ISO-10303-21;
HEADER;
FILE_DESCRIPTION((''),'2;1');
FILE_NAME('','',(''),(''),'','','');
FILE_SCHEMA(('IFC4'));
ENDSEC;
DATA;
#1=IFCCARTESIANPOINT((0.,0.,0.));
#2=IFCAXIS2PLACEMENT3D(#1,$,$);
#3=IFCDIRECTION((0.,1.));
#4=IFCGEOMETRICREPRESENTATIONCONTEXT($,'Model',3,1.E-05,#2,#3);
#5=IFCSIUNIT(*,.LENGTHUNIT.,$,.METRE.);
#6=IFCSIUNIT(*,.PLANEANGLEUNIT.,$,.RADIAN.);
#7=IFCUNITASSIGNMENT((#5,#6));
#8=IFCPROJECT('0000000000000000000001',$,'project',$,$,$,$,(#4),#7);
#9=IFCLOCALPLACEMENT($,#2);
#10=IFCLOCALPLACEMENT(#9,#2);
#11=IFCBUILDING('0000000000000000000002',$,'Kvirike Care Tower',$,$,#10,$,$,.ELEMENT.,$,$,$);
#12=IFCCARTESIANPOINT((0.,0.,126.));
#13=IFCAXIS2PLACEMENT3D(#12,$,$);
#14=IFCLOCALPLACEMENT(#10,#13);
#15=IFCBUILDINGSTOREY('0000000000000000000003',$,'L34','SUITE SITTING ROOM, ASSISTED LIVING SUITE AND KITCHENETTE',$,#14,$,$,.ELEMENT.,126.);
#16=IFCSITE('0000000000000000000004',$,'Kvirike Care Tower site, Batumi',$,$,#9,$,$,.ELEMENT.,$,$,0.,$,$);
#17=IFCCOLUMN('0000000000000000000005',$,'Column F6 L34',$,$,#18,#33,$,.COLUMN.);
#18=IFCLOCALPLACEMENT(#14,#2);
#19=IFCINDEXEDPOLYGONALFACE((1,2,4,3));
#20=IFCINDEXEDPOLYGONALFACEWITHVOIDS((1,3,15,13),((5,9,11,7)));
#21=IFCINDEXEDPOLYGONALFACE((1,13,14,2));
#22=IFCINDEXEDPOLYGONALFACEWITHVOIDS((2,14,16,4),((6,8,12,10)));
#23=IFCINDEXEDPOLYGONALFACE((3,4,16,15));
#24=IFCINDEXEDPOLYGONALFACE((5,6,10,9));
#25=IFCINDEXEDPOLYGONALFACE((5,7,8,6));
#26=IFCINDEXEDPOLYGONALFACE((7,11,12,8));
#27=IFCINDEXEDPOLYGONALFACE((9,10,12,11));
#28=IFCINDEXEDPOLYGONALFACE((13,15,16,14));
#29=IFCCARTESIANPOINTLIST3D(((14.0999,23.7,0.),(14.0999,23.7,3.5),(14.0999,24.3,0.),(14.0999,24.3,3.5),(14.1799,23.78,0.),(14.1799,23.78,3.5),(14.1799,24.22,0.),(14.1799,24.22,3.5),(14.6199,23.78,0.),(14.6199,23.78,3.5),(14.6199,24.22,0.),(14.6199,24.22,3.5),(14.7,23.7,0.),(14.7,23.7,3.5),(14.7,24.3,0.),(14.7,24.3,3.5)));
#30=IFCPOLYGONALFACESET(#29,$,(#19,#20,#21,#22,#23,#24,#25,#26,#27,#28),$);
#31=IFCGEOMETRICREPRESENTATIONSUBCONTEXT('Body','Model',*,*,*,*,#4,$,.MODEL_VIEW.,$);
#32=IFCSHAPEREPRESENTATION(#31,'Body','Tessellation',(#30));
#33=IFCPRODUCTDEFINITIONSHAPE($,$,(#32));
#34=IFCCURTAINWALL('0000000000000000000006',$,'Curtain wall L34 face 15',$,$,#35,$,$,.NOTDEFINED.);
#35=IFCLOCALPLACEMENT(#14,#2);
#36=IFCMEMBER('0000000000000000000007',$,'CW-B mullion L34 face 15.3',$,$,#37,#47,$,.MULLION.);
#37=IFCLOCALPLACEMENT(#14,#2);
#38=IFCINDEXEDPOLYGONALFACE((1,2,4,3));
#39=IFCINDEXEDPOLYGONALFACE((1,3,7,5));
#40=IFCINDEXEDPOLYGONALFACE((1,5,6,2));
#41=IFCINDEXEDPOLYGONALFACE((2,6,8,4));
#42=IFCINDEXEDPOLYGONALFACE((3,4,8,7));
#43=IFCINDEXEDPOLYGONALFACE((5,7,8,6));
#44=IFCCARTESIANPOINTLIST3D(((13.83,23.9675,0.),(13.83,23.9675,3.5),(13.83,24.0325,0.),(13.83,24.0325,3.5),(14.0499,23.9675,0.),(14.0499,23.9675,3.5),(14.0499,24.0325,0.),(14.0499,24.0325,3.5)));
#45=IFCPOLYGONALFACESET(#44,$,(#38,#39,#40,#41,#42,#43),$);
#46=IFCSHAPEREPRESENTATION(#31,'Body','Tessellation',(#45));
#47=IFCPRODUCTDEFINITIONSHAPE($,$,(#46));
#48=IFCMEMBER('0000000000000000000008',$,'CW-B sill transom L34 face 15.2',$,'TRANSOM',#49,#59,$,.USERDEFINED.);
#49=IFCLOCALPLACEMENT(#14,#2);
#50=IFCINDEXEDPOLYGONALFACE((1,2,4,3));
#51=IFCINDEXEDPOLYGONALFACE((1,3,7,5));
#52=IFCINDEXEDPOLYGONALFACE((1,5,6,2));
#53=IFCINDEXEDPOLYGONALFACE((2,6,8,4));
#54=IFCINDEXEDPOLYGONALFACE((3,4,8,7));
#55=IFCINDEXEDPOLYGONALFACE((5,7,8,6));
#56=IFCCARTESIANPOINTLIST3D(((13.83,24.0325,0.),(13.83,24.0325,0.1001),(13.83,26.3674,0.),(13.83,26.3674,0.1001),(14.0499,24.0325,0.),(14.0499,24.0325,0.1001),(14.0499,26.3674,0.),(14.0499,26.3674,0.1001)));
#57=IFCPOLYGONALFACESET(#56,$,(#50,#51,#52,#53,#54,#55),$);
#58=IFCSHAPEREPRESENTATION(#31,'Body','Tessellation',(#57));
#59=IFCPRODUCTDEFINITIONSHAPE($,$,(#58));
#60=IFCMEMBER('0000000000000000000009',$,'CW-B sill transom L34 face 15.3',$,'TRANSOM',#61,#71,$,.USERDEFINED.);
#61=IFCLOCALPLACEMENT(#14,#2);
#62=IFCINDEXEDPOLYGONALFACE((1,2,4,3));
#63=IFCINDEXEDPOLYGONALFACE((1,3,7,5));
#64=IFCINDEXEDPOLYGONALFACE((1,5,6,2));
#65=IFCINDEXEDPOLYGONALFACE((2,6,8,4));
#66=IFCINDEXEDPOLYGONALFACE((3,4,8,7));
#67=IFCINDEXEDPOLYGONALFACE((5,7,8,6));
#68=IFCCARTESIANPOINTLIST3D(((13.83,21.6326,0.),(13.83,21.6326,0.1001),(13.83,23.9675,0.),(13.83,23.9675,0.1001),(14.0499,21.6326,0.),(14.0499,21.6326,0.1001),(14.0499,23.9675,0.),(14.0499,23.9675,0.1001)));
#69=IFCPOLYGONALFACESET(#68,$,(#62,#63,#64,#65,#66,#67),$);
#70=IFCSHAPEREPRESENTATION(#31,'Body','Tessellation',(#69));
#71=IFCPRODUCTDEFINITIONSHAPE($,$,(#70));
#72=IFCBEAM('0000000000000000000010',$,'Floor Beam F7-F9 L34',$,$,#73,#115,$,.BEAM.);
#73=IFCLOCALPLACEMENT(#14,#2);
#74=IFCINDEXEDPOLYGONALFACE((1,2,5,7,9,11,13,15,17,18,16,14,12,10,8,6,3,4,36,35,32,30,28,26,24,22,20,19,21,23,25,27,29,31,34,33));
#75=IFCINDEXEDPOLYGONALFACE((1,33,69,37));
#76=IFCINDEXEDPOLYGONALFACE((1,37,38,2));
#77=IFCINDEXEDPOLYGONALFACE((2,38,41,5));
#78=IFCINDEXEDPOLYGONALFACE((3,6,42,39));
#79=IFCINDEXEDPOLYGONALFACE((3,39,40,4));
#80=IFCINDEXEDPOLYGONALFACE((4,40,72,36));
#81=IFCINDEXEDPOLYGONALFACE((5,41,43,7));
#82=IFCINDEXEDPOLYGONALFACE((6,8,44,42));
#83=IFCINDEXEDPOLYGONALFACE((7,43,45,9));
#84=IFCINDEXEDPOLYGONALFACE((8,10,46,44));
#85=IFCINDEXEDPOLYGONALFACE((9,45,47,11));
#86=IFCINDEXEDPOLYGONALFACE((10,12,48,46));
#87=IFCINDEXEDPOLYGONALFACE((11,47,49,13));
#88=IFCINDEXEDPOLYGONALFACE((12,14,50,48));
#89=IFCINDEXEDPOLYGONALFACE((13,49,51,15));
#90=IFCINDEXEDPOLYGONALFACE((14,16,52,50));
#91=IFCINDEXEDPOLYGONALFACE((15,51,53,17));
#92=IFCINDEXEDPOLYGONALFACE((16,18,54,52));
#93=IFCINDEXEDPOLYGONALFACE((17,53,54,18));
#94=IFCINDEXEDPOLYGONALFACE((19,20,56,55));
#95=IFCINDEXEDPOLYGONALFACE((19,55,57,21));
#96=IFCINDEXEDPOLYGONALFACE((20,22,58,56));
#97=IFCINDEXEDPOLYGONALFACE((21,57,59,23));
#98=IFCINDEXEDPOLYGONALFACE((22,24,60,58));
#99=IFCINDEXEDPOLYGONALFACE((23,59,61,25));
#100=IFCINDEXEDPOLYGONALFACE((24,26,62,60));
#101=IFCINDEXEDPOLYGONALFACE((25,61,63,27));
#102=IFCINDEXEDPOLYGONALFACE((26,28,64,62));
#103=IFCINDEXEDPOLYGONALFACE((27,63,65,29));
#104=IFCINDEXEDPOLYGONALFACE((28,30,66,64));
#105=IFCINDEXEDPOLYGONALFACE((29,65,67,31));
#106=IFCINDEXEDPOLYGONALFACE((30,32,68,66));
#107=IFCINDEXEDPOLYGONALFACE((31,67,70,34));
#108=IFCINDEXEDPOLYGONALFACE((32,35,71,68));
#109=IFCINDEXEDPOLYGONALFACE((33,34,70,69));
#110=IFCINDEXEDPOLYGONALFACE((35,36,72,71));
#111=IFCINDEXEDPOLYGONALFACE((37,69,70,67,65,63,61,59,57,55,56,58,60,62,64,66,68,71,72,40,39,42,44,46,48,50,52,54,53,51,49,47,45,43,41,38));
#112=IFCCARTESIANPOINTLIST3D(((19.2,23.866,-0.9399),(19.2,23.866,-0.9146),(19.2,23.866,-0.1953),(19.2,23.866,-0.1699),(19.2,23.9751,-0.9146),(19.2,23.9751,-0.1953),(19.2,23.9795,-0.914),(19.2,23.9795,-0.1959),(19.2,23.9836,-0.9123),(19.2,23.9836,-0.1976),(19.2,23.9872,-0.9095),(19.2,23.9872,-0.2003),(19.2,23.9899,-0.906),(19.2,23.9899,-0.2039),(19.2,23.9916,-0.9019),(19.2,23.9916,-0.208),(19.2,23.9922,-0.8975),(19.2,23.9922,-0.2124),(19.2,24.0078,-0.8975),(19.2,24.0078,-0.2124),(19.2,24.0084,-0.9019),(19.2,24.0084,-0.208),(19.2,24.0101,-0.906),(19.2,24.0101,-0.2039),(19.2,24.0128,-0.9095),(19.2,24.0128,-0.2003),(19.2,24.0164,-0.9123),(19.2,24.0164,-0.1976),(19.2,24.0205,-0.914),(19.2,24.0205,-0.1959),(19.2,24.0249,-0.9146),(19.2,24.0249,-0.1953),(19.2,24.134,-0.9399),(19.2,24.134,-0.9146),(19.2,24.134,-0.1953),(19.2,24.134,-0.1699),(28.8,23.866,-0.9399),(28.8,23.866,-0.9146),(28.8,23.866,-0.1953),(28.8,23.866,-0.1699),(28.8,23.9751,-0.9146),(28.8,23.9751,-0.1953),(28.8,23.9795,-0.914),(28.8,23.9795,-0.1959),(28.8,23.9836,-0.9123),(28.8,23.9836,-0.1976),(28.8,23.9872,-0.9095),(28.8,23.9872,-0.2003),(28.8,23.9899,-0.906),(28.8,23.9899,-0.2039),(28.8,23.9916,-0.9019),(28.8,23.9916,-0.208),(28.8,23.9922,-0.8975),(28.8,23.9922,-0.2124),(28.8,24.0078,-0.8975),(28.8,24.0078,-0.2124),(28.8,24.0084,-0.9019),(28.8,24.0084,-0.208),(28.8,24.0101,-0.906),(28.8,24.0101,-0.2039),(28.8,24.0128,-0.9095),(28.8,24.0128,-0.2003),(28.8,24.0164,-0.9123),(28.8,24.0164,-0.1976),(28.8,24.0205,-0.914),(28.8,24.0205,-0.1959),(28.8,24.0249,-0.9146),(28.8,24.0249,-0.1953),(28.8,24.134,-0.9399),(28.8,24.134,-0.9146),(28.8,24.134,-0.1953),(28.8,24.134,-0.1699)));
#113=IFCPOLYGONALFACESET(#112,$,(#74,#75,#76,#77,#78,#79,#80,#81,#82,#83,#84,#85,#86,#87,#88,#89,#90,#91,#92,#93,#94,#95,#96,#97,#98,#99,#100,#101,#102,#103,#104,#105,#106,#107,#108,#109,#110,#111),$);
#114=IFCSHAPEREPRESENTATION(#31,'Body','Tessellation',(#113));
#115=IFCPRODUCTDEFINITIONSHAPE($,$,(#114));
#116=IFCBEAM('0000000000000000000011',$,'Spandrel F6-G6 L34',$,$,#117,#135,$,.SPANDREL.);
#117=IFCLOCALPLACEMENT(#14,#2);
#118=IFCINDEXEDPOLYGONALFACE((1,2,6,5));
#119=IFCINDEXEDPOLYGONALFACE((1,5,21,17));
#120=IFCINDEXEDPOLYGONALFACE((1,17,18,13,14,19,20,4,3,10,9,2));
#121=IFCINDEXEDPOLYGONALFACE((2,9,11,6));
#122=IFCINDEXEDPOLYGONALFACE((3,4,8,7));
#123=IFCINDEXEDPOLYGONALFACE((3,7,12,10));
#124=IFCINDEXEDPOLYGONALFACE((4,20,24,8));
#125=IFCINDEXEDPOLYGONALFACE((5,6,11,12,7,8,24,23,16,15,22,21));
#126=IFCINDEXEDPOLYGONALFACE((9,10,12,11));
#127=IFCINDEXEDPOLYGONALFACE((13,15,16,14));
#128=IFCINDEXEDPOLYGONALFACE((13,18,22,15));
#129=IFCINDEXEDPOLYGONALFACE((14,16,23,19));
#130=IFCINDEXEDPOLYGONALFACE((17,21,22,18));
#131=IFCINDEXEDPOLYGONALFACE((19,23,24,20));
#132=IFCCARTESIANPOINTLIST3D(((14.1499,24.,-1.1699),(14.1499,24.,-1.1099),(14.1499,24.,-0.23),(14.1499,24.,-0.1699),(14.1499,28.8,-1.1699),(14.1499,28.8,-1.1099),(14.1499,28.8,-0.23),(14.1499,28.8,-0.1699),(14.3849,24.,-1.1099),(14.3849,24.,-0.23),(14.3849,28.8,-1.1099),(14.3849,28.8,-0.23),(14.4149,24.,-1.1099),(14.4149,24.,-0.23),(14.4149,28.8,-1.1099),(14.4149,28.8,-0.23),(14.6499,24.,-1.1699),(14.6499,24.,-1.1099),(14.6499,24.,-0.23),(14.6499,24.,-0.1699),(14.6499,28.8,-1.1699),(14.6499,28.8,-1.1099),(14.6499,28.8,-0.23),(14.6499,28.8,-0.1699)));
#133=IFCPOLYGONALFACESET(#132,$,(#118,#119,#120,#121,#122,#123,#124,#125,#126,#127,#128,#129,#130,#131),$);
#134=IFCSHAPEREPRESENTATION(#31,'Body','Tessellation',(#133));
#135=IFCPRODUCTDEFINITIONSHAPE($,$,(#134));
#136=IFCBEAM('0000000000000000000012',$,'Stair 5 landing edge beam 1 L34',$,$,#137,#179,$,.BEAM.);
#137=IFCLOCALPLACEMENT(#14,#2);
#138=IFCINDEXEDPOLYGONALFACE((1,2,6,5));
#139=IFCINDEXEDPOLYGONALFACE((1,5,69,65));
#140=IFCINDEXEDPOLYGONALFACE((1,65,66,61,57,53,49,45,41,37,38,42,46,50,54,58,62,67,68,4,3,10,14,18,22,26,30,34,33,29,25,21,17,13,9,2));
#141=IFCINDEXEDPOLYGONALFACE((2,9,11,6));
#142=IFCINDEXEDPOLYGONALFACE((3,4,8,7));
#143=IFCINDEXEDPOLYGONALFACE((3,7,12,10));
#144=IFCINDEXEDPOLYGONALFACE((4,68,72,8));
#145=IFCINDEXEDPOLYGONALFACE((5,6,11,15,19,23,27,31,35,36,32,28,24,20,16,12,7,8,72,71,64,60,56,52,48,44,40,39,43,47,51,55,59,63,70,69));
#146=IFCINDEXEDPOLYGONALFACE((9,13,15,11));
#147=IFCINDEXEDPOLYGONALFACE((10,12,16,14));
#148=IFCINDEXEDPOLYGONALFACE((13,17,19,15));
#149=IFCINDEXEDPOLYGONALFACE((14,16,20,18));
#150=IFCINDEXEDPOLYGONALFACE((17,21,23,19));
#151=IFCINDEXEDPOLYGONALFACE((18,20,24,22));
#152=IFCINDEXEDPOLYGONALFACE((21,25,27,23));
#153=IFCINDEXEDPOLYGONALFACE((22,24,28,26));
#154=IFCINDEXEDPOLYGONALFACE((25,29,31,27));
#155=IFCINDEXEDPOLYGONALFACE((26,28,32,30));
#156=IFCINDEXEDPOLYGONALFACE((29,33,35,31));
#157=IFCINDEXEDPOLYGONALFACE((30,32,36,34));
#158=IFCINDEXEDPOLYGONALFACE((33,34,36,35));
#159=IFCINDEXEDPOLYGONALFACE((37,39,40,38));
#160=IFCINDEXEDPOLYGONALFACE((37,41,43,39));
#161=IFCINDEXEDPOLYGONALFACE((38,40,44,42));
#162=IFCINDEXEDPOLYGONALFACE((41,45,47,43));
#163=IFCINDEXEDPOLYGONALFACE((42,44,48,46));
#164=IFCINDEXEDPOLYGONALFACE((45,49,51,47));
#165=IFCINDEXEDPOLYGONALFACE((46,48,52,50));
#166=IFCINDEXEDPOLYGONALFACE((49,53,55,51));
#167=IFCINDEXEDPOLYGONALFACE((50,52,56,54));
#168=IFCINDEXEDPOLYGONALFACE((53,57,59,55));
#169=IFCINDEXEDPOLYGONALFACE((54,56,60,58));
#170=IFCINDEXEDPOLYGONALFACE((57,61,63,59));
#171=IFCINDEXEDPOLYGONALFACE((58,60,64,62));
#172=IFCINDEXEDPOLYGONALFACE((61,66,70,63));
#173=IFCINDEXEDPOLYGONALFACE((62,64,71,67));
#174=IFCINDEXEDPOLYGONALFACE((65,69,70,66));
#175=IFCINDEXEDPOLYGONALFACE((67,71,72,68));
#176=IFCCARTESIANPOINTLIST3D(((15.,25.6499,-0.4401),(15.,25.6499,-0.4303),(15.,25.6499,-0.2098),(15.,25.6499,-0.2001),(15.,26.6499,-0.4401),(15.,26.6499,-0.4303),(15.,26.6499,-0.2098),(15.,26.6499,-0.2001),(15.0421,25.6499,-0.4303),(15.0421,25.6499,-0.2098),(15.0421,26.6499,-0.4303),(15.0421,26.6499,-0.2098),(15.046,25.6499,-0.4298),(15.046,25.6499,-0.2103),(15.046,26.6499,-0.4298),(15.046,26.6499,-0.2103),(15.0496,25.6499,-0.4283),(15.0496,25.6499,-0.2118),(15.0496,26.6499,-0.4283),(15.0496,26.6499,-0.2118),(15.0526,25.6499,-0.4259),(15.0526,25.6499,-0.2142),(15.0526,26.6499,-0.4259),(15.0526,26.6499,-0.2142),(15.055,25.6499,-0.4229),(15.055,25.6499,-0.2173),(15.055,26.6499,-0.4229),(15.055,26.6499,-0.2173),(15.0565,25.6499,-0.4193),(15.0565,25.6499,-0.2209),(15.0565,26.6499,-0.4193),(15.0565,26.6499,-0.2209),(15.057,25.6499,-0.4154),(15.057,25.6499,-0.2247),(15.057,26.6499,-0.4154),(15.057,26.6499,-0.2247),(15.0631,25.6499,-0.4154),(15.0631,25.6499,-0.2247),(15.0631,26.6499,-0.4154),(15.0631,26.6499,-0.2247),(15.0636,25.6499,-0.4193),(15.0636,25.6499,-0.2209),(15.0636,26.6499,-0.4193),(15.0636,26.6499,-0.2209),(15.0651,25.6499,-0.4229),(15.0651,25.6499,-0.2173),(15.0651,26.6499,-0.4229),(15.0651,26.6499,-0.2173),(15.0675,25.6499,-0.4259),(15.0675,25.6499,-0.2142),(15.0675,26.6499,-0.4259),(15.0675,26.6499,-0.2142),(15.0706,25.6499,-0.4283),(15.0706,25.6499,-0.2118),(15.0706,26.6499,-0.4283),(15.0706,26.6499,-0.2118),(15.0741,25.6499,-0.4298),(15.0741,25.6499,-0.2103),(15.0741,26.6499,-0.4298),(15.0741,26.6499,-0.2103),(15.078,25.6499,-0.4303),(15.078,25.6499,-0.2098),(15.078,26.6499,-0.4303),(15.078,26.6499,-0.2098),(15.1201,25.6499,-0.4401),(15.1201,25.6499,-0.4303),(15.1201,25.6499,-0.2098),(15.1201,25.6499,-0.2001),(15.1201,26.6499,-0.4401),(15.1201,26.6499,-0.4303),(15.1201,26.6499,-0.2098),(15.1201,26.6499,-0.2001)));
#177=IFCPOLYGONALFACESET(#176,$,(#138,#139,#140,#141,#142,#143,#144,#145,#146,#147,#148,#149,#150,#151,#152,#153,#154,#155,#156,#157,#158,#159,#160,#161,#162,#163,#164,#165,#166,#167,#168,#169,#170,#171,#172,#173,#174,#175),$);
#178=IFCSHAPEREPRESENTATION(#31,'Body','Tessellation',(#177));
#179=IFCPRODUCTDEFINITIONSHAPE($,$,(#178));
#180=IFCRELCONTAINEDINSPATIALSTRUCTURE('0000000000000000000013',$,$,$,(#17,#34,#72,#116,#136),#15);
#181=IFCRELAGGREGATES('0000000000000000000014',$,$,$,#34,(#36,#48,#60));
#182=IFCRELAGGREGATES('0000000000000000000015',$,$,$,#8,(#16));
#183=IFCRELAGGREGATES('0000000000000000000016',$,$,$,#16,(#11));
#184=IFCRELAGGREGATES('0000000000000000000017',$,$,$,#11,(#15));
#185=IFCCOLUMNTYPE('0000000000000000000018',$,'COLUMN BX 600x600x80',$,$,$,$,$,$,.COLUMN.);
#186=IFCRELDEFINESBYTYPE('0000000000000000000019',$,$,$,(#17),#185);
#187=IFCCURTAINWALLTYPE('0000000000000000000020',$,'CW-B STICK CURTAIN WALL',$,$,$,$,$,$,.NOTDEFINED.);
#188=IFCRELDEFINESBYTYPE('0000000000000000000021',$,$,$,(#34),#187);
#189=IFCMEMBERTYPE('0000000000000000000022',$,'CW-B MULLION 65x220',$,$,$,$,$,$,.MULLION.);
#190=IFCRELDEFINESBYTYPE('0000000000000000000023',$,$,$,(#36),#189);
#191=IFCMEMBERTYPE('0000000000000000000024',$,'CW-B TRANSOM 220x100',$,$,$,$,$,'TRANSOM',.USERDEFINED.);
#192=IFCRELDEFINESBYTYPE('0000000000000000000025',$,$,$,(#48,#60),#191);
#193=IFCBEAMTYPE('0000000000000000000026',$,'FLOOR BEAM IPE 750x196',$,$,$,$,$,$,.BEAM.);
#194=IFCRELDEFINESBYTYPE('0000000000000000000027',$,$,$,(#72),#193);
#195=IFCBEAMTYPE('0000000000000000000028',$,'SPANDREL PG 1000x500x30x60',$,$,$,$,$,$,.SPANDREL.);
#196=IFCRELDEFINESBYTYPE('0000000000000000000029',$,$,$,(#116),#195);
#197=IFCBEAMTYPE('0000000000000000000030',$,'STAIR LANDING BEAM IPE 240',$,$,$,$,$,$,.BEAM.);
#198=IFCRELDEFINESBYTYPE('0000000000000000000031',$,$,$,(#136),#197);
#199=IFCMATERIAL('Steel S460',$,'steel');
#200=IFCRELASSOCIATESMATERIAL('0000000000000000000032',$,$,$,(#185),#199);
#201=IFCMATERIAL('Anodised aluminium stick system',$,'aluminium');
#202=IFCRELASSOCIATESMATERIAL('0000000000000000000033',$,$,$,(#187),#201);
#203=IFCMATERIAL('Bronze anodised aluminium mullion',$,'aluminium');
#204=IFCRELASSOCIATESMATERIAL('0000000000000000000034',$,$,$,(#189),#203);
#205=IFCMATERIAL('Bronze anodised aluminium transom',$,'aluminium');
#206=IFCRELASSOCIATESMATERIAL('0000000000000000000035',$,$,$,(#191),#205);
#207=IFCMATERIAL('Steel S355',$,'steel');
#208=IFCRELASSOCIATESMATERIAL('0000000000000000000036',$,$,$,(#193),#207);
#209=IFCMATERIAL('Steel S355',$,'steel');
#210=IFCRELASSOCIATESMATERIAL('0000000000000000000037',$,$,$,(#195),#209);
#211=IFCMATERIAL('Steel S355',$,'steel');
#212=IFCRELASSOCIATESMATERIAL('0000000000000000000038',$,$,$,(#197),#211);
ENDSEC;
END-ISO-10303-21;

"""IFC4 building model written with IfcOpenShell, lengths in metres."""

from ifc_helpers import new_model, si_unit, direction, frame, origin, origin_2d, place, context, subcontext, project, spatial, rectangle, hollow_rectangle, i_section, extrude, material, material_profile, profile_set, type_object, element, aggregate, save


model = new_model("IFC4")

# Units and contexts
model_context = context("Model", 3, precision=1e-05, world=origin(), true_north=direction((0.0, 1.0)))
body_context = subcontext(model_context, "Body", "Model", "MODEL_VIEW")
ifc_project = project(units=[si_unit("LENGTHUNIT", "METRE"), si_unit("PLANEANGLEUNIT", "RADIAN")], contexts=[model_context])

# Site, building, storey
site_placement = place(None, origin())
site = spatial("IfcSite", under=ifc_project, at=site_placement, Name="Kvirike Care Tower site, Batumi", CompositionType="ELEMENT", RefElevation=0.0)
building_placement = place(site_placement, origin())
building = spatial("IfcBuilding", under=site, at=building_placement, Name="Kvirike Care Tower", CompositionType="ELEMENT")
storey_placement = place(building_placement, frame((0.0, 0.0, 126.0)))
storey = spatial("IfcBuildingStorey", under=building, at=storey_placement, Name="L34", Description="SUITE SITTING ROOM, ASSISTED LIVING SUITE AND KITCHENETTE", CompositionType="ELEMENT", Elevation=126.0)

# Column
ifc_material_1 = material(Name="Steel S460", Category="steel")
ifc_material_profile_1 = material_profile(ifc_material_1, hollow_rectangle(XDim=0.6001, YDim=0.6001, WallThickness=0.0801, at=origin_2d()), Name="BX 600x600x80")
ifc_profile_set_1 = profile_set([ifc_material_profile_1], Name="Steel S460")
column_type = type_object("IfcColumnType", Name="COLUMN BX 600x600x80", PredefinedType="COLUMN", material=ifc_profile_set_1)
column_placement = place(storey_placement, frame((14.3999, 24.0, 0.0), z_axis=(0.0, 0.0, 1.0), x_axis=(1.0, 0.0, 0.0)))
element("IfcColumn", 1, at=column_placement, inside=storey, type_object=column_type, Name="Column F6 L34", PredefinedType="COLUMN", context=body_context, shape_type="SweptSolid", body=[
    extrude(hollow_rectangle(XDim=0.6001, YDim=0.6001, WallThickness=0.0801, at=origin_2d()), origin(), (0.0, 0.0, 1.0), 3.5),
])

# Curtain wall, members
ifc_material_2 = material(Name="Anodised aluminium stick system", Category="aluminium")
curtain_wall_type = type_object("IfcCurtainWallType", Name="CW-B STICK CURTAIN WALL", PredefinedType="NOTDEFINED", material=ifc_material_2)
curtain_wall_placement = place(storey_placement, origin())
curtain_wall = element("IfcCurtainWall", 2, at=curtain_wall_placement, inside=storey, type_object=curtain_wall_type, Name="Curtain wall L34 face 15", PredefinedType="NOTDEFINED")
ifc_material_3 = material(Name="Bronze anodised aluminium mullion", Category="aluminium")
ifc_material_profile_2 = material_profile(ifc_material_3, rectangle(XDim=0.0649, YDim=0.22, at=origin_2d()), Name="CW-B MULLION 65x220")
ifc_profile_set_2 = profile_set([ifc_material_profile_2], Name="Bronze anodised aluminium mullion")
member_type_1 = type_object("IfcMemberType", Name="CW-B MULLION 65x220", PredefinedType="MULLION", material=ifc_profile_set_2)
member_1_placement = place(storey_placement, frame((13.9399, 24.0, 0.0), z_axis=(0.0, 0.0, 1.0), x_axis=(0.0, -1.0, 0.0)))
member_1 = element("IfcMember", 3, at=member_1_placement, type_object=member_type_1, Name="CW-B mullion L34 face 15.3", PredefinedType="MULLION", context=body_context, shape_type="SweptSolid", body=[
    extrude(rectangle(XDim=0.0649, YDim=0.22, at=origin_2d()), origin(), (0.0, 0.0, 1.0), 3.5),
])
ifc_material_4 = material(Name="Bronze anodised aluminium transom", Category="aluminium")
ifc_material_profile_3 = material_profile(ifc_material_4, rectangle(XDim=0.22, YDim=0.1001, at=origin_2d()), Name="CW-B TRANSOM 220x100")
ifc_profile_set_3 = profile_set([ifc_material_profile_3], Name="Bronze anodised aluminium transom")
member_type_2 = type_object("IfcMemberType", Name="CW-B TRANSOM 220x100", ElementType="TRANSOM", PredefinedType="USERDEFINED", material=ifc_profile_set_3)
member_2_placement = place(storey_placement, frame((13.9399, 26.3674, 0.05), z_axis=(0.0, -1.0, 0.0), x_axis=(1.0, 0.0, 0.0)))
member_2 = element("IfcMember", 4, at=member_2_placement, type_object=member_type_2, Name="CW-B sill transom L34 face 15.2", ObjectType="TRANSOM", PredefinedType="USERDEFINED", context=body_context, shape_type="SweptSolid", body=[
    extrude(rectangle(XDim=0.22, YDim=0.1001, at=origin_2d()), origin(), (0.0, 0.0, 1.0), 2.335),
])
member_3_placement = place(storey_placement, frame((13.9399, 23.9675, 0.05), z_axis=(0.0, -1.0, 0.0), x_axis=(1.0, 0.0, 0.0)))
member_3 = element("IfcMember", 5, at=member_3_placement, type_object=member_type_2, Name="CW-B sill transom L34 face 15.3", ObjectType="TRANSOM", PredefinedType="USERDEFINED", context=body_context, shape_type="SweptSolid", body=[
    extrude(rectangle(XDim=0.22, YDim=0.1001, at=origin_2d()), origin(), (0.0, 0.0, 1.0), 2.335),
])

# Beams
ifc_material_5 = material(Name="Steel S355", Category="steel")
ifc_material_profile_4 = material_profile(ifc_material_5, i_section(OverallWidth=0.2681, OverallDepth=0.77, WebThickness=0.0156, FlangeThickness=0.0254, FilletRadius=0.0171, at=origin_2d()), Name="IPE 750x196")
ifc_profile_set_4 = profile_set([ifc_material_profile_4], Name="Steel S355")
beam_type_1 = type_object("IfcBeamType", Name="FLOOR BEAM IPE 750x196", PredefinedType="BEAM", material=ifc_profile_set_4)
beam_1_placement = place(storey_placement, frame((19.2, 24.0, -0.5549), z_axis=(1.0, 0.0, 0.0), x_axis=(0.0, 1.0, 0.0)))
element("IfcBeam", 6, at=beam_1_placement, inside=storey, type_object=beam_type_1, Name="Floor Beam F7-F9 L34", PredefinedType="BEAM", context=body_context, shape_type="SweptSolid", body=[
    extrude(i_section(OverallWidth=0.2681, OverallDepth=0.77, WebThickness=0.0156, FlangeThickness=0.0254, FilletRadius=0.0171, at=origin_2d()), origin(), (0.0, 0.0, 1.0), 9.6001),
])
ifc_material_6 = material(Name="Steel S355", Category="steel")
ifc_material_profile_5 = material_profile(ifc_material_6, i_section(OverallWidth=0.5, OverallDepth=1.0, WebThickness=0.03, FlangeThickness=0.0601, at=origin_2d()), Name="PG 1000x500x30x60")
ifc_profile_set_5 = profile_set([ifc_material_profile_5], Name="Steel S355")
beam_type_2 = type_object("IfcBeamType", Name="SPANDREL PG 1000x500x30x60", PredefinedType="SPANDREL", material=ifc_profile_set_5)
beam_2_placement = place(storey_placement, frame((14.3999, 24.0, -0.6699), z_axis=(0.0, 1.0, 0.0), x_axis=(-1.0, 0.0, 0.0)))
element("IfcBeam", 7, at=beam_2_placement, inside=storey, type_object=beam_type_2, Name="Spandrel F6-G6 L34", PredefinedType="SPANDREL", context=body_context, shape_type="SweptSolid", body=[
    extrude(i_section(OverallWidth=0.5, OverallDepth=1.0, WebThickness=0.03, FlangeThickness=0.0601, at=origin_2d()), origin(), (0.0, 0.0, 1.0), 4.8),
])
ifc_material_7 = material(Name="Steel S355", Category="steel")
ifc_material_profile_6 = material_profile(ifc_material_7, i_section(OverallWidth=0.1201, OverallDepth=0.24, WebThickness=0.0061, FlangeThickness=0.0098, FilletRadius=0.0149, at=origin_2d()), Name="IPE 240")
ifc_profile_set_6 = profile_set([ifc_material_profile_6], Name="Steel S355")
beam_type_3 = type_object("IfcBeamType", Name="STAIR LANDING BEAM IPE 240", PredefinedType="BEAM", material=ifc_profile_set_6)
for number, where, z_axis, x_axis, name in (
    (8, (15.0601, 25.6499, -0.3201), (0.0, 1.0, 0.0), (-1.0, 0.0, 0.0), "Stair 5 landing edge beam 1 L34"),
):
    element("IfcBeam", number, at=place(storey_placement, frame(where, z_axis=z_axis, x_axis=x_axis)), inside=storey, type_object=beam_type_3, Name=name, PredefinedType="BEAM", context=body_context, shape_type="SweptSolid", body=[
        extrude(i_section(OverallWidth=0.1201, OverallDepth=0.24, WebThickness=0.0061, FlangeThickness=0.0098, FilletRadius=0.0149, at=origin_2d()), origin(), (0.0, 0.0, 1.0), 1.0),
    ])

aggregate(curtain_wall, [member_1, member_2, member_3])

save(model, "model.ifc")
